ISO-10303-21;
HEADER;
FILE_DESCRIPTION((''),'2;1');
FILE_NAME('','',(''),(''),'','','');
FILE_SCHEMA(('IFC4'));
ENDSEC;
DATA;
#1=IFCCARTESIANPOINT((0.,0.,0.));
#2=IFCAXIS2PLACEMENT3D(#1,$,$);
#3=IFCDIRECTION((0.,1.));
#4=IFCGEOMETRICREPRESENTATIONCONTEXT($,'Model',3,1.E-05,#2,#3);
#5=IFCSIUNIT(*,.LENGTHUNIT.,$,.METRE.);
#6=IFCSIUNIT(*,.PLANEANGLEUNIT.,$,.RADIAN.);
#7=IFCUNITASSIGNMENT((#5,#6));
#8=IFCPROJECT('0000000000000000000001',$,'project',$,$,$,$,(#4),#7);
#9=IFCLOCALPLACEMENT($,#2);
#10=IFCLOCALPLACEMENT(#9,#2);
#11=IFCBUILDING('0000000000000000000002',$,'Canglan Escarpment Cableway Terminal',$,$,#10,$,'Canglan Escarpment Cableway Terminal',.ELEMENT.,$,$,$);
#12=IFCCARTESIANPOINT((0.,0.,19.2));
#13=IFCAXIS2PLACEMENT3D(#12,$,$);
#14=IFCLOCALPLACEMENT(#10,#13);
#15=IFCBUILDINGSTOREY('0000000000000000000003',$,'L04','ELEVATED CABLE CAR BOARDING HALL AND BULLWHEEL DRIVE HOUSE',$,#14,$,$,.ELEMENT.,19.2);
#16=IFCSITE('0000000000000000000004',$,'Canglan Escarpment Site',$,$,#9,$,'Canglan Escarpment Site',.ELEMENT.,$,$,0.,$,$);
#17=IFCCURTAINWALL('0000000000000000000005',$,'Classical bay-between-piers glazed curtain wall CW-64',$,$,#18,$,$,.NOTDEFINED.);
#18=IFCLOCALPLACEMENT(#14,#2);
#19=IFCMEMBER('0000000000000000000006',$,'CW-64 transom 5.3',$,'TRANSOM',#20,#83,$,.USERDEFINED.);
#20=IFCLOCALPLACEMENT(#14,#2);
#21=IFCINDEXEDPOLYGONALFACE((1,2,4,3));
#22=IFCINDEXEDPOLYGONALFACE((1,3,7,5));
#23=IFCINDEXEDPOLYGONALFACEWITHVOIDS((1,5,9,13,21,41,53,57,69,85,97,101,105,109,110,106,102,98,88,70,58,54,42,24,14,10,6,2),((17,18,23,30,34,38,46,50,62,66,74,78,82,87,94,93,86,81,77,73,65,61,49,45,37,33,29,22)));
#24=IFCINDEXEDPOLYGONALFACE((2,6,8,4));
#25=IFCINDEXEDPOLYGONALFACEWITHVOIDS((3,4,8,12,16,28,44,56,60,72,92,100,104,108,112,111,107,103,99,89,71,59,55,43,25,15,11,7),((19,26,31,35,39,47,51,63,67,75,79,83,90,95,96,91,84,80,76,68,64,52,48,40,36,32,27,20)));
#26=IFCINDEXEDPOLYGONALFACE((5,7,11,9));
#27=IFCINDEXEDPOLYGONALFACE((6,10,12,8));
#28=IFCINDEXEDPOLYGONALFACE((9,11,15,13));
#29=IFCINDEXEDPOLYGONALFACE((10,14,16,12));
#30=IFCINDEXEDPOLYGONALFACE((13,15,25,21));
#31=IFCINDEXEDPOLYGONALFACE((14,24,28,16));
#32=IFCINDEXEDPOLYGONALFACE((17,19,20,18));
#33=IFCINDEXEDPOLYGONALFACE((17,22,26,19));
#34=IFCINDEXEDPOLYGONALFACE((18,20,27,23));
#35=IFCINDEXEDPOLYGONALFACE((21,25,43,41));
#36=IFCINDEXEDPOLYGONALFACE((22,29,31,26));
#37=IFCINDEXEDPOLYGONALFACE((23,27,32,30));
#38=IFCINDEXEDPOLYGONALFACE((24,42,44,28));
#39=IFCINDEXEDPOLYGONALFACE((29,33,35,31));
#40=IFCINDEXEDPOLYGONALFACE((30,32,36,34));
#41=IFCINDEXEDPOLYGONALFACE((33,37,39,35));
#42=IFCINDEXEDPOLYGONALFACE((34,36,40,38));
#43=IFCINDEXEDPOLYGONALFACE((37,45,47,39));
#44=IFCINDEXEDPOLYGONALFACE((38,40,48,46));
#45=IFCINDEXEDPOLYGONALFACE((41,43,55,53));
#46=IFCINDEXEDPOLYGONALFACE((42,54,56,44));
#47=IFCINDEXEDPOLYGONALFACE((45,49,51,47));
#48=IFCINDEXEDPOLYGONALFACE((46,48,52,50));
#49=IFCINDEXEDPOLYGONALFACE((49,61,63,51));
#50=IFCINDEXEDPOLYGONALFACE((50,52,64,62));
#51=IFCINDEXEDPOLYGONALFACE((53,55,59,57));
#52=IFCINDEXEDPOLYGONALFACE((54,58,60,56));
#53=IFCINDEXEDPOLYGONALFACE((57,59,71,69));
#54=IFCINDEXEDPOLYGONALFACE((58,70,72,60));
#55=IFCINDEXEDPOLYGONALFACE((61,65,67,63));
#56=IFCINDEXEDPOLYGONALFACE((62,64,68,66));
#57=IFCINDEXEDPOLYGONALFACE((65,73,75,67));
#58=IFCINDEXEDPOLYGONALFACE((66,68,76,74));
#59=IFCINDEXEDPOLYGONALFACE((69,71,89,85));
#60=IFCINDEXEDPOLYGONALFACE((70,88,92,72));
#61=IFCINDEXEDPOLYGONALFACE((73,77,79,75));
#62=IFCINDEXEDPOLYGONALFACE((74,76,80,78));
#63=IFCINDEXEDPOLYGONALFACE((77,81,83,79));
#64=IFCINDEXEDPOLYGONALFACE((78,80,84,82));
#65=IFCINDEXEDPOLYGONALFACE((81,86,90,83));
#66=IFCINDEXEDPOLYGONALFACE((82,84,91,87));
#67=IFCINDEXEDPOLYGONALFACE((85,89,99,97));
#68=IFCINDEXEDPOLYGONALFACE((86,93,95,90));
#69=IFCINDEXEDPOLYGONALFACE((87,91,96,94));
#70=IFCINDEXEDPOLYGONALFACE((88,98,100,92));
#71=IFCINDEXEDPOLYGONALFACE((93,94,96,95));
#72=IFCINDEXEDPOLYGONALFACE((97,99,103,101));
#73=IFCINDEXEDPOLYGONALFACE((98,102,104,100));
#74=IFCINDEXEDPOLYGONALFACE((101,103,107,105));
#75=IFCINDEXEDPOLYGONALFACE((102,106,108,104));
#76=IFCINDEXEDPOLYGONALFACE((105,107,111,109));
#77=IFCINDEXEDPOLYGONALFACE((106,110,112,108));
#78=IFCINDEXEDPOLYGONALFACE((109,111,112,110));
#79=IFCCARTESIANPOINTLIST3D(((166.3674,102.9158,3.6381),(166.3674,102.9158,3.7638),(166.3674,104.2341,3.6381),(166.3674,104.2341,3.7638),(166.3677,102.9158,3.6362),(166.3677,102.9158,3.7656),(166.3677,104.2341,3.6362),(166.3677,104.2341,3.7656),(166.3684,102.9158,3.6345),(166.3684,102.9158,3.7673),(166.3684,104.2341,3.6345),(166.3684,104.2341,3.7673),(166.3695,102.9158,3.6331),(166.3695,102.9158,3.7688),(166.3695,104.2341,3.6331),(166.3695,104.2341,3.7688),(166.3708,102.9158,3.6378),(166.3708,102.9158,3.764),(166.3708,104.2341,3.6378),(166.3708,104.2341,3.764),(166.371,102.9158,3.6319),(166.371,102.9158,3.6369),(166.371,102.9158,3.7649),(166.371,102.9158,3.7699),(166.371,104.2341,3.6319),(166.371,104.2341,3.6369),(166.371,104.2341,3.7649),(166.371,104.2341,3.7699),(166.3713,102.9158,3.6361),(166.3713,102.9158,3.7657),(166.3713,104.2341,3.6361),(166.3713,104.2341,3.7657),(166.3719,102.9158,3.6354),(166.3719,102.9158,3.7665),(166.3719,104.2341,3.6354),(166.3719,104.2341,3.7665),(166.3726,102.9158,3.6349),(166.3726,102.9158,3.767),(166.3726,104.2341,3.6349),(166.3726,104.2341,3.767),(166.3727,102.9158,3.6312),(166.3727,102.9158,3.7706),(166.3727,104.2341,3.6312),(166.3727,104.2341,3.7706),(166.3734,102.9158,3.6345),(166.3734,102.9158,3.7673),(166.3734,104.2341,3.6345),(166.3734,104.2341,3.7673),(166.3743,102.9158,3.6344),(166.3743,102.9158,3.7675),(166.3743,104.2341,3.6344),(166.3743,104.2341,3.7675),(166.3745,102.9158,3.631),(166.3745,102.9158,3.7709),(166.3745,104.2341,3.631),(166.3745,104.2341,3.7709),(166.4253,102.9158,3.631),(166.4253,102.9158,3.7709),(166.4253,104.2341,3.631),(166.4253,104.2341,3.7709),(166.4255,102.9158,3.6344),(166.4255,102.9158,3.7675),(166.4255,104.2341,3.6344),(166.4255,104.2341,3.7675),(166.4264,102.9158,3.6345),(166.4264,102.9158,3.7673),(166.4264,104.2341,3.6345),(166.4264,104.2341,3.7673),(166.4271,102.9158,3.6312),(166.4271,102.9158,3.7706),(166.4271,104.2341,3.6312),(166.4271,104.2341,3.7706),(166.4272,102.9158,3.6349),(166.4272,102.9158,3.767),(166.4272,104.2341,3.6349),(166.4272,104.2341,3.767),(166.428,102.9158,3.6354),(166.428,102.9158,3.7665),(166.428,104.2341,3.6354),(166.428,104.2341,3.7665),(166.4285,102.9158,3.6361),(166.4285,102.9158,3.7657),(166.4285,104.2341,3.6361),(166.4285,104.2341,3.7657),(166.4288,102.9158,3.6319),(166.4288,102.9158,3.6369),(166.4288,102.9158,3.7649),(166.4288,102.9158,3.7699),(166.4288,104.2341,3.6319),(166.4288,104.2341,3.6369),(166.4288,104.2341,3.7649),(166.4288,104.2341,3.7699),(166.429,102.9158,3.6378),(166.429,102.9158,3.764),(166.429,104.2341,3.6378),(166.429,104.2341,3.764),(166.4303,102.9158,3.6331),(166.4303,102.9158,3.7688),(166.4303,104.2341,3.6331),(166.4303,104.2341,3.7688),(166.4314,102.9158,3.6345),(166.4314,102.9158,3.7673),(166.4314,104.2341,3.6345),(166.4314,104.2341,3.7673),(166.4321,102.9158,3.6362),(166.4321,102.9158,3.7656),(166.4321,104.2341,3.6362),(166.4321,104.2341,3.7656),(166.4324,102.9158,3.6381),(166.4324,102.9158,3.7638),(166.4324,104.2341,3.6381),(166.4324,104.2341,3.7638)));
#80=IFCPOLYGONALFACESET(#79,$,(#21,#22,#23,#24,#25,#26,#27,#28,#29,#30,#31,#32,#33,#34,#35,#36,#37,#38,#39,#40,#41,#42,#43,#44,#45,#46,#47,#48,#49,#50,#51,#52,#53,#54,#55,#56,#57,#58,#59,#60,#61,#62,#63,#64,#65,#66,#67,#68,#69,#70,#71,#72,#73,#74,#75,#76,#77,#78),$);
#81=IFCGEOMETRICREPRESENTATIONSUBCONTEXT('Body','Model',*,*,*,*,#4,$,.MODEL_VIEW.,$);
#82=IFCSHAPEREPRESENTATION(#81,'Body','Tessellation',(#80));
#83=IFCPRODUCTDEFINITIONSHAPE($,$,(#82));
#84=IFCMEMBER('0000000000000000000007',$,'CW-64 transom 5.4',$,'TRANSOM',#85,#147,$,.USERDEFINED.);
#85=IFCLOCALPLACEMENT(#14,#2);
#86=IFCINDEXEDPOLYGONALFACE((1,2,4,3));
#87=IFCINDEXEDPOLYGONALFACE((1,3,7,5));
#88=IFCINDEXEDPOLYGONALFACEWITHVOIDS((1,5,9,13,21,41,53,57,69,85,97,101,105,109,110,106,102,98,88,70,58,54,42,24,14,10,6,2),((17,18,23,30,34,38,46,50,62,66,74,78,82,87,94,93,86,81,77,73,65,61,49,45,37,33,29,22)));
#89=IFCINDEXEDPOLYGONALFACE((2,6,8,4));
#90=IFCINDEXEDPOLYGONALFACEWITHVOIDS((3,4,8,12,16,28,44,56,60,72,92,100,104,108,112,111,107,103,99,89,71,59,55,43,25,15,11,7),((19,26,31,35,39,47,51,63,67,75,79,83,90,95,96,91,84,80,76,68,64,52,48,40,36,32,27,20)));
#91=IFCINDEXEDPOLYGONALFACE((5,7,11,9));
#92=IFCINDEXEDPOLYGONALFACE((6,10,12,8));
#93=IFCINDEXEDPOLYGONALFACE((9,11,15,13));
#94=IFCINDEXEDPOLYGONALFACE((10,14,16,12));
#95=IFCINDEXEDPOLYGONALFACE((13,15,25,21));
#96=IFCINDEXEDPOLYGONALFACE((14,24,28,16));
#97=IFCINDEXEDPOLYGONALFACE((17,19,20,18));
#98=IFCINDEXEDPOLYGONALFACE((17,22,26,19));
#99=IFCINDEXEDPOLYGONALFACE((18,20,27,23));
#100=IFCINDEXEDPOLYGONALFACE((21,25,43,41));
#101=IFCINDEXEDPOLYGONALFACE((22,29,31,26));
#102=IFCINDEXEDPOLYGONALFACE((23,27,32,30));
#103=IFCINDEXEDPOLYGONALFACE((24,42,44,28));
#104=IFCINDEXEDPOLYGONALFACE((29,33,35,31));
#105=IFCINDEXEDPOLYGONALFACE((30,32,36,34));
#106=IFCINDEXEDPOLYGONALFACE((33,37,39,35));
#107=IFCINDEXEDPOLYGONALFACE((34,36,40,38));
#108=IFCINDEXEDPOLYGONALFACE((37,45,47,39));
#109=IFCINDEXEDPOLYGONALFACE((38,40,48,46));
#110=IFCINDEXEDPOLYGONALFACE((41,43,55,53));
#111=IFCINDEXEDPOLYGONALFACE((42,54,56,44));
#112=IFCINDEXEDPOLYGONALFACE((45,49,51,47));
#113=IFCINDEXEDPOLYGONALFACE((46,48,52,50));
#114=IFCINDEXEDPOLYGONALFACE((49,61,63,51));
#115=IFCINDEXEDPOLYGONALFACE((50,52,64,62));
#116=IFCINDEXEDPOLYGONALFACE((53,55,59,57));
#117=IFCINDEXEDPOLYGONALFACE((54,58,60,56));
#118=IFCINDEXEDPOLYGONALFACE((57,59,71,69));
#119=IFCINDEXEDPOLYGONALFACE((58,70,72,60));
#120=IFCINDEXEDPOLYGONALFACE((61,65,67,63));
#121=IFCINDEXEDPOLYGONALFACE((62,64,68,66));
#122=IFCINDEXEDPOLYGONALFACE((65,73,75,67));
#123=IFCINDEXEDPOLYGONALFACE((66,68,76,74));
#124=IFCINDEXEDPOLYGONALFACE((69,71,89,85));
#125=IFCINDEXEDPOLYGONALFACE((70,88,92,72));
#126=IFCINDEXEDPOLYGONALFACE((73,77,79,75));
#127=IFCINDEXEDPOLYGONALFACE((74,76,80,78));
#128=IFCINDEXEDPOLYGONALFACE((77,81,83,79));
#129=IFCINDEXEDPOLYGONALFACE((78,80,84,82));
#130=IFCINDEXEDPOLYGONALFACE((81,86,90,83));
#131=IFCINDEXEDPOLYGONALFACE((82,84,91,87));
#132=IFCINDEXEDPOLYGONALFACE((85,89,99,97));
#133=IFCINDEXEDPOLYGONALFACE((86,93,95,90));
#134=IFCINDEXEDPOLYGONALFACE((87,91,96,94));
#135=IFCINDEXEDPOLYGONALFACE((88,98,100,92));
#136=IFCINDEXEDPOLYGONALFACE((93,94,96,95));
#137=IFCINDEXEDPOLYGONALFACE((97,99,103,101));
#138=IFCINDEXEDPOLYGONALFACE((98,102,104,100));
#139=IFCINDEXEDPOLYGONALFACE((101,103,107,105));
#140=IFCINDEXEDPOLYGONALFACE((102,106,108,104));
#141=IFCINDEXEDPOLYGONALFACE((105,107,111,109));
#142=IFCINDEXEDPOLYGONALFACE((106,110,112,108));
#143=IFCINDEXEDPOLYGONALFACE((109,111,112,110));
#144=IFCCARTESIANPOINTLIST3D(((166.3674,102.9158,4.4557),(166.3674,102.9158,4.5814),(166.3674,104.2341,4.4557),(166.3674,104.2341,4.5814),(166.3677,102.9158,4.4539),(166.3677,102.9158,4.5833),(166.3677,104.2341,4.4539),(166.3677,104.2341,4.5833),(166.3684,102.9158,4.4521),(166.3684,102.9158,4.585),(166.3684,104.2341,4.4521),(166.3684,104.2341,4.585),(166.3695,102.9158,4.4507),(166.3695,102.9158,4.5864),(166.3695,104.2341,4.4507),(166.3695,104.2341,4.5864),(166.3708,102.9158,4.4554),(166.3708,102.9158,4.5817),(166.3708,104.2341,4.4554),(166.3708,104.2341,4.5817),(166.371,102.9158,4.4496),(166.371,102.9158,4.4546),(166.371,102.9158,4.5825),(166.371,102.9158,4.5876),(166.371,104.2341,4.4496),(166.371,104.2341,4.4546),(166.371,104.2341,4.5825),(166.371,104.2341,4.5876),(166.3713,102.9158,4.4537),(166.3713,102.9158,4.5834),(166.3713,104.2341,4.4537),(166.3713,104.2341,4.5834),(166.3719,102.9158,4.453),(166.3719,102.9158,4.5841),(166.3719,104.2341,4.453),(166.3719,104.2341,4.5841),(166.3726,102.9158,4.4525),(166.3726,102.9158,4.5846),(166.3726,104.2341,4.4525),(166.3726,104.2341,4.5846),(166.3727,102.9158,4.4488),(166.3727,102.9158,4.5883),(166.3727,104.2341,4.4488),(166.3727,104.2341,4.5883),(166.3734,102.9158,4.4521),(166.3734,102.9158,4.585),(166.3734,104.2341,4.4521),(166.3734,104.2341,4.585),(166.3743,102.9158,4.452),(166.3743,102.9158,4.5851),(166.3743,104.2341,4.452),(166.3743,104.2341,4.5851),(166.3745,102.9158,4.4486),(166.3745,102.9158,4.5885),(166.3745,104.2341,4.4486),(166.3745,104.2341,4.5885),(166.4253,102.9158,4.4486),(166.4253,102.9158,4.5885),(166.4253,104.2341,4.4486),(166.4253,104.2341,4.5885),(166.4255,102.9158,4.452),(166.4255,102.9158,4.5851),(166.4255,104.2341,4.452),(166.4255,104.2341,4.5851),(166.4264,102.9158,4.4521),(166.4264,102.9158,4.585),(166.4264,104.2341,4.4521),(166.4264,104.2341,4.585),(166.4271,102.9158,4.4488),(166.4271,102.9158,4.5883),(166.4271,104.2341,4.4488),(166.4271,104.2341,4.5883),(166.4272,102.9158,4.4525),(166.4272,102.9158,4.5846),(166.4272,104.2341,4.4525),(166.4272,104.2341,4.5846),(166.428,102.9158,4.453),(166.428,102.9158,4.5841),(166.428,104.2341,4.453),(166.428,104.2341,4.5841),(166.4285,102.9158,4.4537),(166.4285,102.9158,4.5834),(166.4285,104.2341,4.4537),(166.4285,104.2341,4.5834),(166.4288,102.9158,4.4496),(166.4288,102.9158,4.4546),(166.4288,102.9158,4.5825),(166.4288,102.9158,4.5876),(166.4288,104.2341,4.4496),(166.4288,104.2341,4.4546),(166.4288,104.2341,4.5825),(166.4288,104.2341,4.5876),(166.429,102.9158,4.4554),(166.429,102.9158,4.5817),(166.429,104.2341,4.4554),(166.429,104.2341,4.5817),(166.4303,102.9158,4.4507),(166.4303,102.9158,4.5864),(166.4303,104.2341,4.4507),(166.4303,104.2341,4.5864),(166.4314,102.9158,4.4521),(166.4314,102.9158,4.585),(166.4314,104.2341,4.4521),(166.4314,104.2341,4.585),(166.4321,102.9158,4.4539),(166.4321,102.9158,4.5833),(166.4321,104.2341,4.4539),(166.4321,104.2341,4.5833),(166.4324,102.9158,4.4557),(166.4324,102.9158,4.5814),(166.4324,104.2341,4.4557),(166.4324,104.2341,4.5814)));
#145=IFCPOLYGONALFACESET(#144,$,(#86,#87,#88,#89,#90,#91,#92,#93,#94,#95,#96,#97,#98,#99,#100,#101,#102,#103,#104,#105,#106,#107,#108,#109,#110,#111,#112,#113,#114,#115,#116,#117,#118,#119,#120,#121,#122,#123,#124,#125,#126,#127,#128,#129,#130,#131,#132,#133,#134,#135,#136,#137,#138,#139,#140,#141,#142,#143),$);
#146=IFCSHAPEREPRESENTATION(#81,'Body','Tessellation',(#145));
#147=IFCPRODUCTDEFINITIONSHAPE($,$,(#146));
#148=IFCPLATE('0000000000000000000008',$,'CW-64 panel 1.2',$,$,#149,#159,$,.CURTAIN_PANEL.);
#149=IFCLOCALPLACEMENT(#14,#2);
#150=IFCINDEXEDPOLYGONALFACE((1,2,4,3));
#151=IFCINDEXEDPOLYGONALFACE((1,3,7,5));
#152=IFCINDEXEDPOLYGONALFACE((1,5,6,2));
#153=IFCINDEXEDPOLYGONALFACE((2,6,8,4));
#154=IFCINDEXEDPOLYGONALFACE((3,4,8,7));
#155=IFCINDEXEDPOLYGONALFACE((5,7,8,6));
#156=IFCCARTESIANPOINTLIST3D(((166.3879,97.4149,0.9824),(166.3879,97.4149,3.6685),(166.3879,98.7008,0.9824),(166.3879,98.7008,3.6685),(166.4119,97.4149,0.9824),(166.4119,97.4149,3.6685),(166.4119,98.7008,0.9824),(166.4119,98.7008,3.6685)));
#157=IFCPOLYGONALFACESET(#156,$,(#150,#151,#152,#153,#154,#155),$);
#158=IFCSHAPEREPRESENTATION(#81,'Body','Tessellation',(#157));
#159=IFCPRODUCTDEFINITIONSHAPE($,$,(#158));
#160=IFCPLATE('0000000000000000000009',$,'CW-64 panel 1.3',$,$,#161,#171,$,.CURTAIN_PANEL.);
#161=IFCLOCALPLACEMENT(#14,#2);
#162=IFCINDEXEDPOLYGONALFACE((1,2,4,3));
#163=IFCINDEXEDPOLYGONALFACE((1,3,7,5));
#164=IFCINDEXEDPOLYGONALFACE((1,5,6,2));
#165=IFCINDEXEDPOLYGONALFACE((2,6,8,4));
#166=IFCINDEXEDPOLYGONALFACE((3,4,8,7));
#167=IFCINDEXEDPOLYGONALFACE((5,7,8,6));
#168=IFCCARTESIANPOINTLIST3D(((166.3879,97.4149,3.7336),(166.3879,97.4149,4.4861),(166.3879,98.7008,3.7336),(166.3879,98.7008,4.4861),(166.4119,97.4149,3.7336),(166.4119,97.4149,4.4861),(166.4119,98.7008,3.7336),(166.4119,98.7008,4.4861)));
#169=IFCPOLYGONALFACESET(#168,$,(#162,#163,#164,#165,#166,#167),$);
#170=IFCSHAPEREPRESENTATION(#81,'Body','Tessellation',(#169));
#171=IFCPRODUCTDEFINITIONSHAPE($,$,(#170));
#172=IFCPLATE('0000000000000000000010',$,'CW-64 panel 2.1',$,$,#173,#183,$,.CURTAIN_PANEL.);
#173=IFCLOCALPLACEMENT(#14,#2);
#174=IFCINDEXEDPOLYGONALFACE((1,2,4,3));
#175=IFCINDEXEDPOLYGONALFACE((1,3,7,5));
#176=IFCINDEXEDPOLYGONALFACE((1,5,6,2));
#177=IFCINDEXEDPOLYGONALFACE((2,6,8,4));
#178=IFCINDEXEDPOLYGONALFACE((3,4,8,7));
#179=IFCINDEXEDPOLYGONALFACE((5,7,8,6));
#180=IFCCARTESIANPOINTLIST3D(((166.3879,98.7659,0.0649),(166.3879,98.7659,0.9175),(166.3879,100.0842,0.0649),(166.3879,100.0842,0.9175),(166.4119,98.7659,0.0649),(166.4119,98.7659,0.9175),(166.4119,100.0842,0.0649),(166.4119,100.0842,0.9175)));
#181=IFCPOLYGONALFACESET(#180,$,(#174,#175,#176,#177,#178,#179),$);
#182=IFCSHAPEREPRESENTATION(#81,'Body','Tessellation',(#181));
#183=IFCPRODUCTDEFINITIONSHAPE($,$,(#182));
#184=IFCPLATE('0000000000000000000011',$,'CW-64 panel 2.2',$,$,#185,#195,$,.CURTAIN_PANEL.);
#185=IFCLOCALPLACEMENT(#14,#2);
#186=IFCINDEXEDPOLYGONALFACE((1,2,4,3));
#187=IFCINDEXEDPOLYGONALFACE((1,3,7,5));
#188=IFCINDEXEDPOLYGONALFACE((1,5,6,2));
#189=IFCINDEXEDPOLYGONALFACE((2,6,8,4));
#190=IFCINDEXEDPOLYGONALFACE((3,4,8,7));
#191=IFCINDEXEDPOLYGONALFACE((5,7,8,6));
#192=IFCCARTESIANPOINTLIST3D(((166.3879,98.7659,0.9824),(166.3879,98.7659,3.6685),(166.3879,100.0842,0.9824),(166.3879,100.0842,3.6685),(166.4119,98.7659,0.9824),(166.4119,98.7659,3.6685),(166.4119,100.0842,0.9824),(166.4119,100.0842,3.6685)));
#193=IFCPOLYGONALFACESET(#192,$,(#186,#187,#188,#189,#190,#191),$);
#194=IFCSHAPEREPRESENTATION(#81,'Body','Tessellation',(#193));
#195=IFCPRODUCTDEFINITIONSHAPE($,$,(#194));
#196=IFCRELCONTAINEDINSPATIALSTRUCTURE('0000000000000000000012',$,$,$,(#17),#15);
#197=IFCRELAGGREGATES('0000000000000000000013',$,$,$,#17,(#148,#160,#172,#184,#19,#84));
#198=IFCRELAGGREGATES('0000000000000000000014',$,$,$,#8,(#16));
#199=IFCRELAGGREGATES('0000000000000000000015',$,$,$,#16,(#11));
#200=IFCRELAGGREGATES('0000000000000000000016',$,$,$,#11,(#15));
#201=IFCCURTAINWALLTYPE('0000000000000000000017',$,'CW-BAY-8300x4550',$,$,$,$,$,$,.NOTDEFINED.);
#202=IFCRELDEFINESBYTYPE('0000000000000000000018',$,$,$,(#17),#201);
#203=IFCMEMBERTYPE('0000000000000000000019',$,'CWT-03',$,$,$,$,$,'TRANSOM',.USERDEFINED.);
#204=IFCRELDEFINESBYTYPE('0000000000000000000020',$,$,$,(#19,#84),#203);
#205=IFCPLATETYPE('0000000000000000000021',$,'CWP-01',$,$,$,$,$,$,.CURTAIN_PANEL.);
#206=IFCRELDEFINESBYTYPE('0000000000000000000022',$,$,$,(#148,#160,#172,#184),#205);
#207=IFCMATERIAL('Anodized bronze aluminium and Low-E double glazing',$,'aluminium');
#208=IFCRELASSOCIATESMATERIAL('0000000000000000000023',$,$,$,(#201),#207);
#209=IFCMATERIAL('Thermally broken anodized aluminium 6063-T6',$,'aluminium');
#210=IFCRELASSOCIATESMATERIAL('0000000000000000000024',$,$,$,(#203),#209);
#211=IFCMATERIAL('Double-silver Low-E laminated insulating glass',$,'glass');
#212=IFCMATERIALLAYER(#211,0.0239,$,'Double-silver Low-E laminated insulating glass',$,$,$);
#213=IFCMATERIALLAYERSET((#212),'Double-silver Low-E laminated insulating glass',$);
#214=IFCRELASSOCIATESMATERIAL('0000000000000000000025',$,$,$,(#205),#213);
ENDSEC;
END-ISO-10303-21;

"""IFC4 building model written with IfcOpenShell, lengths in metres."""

from ifc_helpers import new_model, si_unit, direction, frame, origin, origin_2d, place, context, subcontext, project, spatial, rectangle, hollow_rectangle, extrude, material, layer, layer_set, material_profile, profile_set, type_object, element, aggregate, save


model = new_model("IFC4")

# Units and contexts
model_context = context("Model", 3, precision=1e-05, world=origin(), true_north=direction((0.0, 1.0)))
body_context = subcontext(model_context, "Body", "Model", "MODEL_VIEW")
ifc_project = project(units=[si_unit("LENGTHUNIT", "METRE"), si_unit("PLANEANGLEUNIT", "RADIAN")], contexts=[model_context])

# Site, building, storey
site_placement = place(None, origin())
site = spatial("IfcSite", under=ifc_project, at=site_placement, Name="Canglan Escarpment Site", LongName="Canglan Escarpment Site", CompositionType="ELEMENT", RefElevation=0.0)
building_placement = place(site_placement, origin())
building = spatial("IfcBuilding", under=site, at=building_placement, Name="Canglan Escarpment Cableway Terminal", LongName="Canglan Escarpment Cableway Terminal", CompositionType="ELEMENT")
storey_placement = place(building_placement, frame((0.0, 0.0, 19.2)))
storey = spatial("IfcBuildingStorey", under=building, at=storey_placement, Name="L04", Description="ELEVATED CABLE CAR BOARDING HALL AND BULLWHEEL DRIVE HOUSE", CompositionType="ELEMENT", Elevation=19.2)

# Curtain wall, members, plates
ifc_material_1 = material(Name="Anodized bronze aluminium and Low-E double glazing", Category="aluminium")
curtain_wall_type = type_object("IfcCurtainWallType", Name="CW-BAY-8300x4550", PredefinedType="NOTDEFINED", material=ifc_material_1)
curtain_wall_placement = place(storey_placement, origin())
curtain_wall = element("IfcCurtainWall", 1, at=curtain_wall_placement, inside=storey, type_object=curtain_wall_type, Name="Classical bay-between-piers glazed curtain wall CW-64", PredefinedType="NOTDEFINED")
ifc_material_2 = material(Name="Thermally broken anodized aluminium 6063-T6", Category="aluminium")
ifc_material_profile_1 = material_profile(ifc_material_2, hollow_rectangle(XDim=0.0649, YDim=0.1399, WallThickness=0.0034, InnerFilletRadius=0.0034, OuterFilletRadius=0.0071, at=origin_2d()), Name="ALU-TRAN 65x140x3.5")
ifc_profile_set_1 = profile_set([ifc_material_profile_1], Name="Thermally broken anodized aluminium 6063-T6")
member_type_1 = type_object("IfcMemberType", Name="CWT-03", ElementType="TRANSOM", PredefinedType="USERDEFINED", material=ifc_profile_set_1)
member_1_placement = place(storey_placement, frame((166.3999, 102.9158, 3.7009), z_axis=(0.0, 1.0, 0.0), x_axis=(-1.0, 0.0, 0.0)))
member_1 = element("IfcMember", 2, at=member_1_placement, type_object=member_type_1, Name="CW-64 transom 5.3", ObjectType="TRANSOM", PredefinedType="USERDEFINED", context=body_context, shape_type="SweptSolid", body=[
    extrude(hollow_rectangle(XDim=0.0649, YDim=0.1399, WallThickness=0.0034, InnerFilletRadius=0.0034, OuterFilletRadius=0.0071, at=origin_2d()), origin(), (0.0, 0.0, 1.0), 1.3184),
])
member_2_placement = place(storey_placement, frame((166.3999, 102.9158, 4.5186), z_axis=(0.0, 1.0, 0.0), x_axis=(-1.0, 0.0, 0.0)))
member_2 = element("IfcMember", 3, at=member_2_placement, type_object=member_type_1, Name="CW-64 transom 5.4", ObjectType="TRANSOM", PredefinedType="USERDEFINED", context=body_context, shape_type="SweptSolid", body=[
    extrude(hollow_rectangle(XDim=0.0649, YDim=0.1399, WallThickness=0.0034, InnerFilletRadius=0.0034, OuterFilletRadius=0.0071, at=origin_2d()), origin(), (0.0, 0.0, 1.0), 1.3184),
])
ifc_material_3 = material(Name="Double-silver Low-E laminated insulating glass", Category="glass")
ifc_layer = layer(ifc_material_3, 0.0239, Name="Double-silver Low-E laminated insulating glass")
ifc_layer_set = layer_set([ifc_layer], Name="Double-silver Low-E laminated insulating glass")
plate_type = type_object("IfcPlateType", Name="CWP-01", PredefinedType="CURTAIN_PANEL", material=ifc_layer_set)
plate_1_placement = place(storey_placement, frame((166.3999, 98.0579, 0.9824), z_axis=(0.0, 0.0, 1.0), x_axis=(0.0, 1.0, 0.0)))
plate_1 = element("IfcPlate", 4, at=plate_1_placement, type_object=plate_type, Name="CW-64 panel 1.2", PredefinedType="CURTAIN_PANEL", context=body_context, shape_type="SweptSolid", body=[
    extrude(rectangle(XDim=1.2859, YDim=0.0239, at=origin_2d()), origin(), (0.0, 0.0, 1.0), 2.686),
])
plate_2_placement = place(storey_placement, frame((166.3999, 98.0579, 3.7336), z_axis=(0.0, 0.0, 1.0), x_axis=(0.0, 1.0, 0.0)))
plate_2 = element("IfcPlate", 5, at=plate_2_placement, type_object=plate_type, Name="CW-64 panel 1.3", PredefinedType="CURTAIN_PANEL", context=body_context, shape_type="SweptSolid", body=[
    extrude(rectangle(XDim=1.2859, YDim=0.0239, at=origin_2d()), origin(), (0.0, 0.0, 1.0), 0.7524),
])
plate_3_placement = place(storey_placement, frame((166.3999, 99.425, 0.0649), z_axis=(0.0, 0.0, 1.0), x_axis=(0.0, 1.0, 0.0)))
plate_3 = element("IfcPlate", 6, at=plate_3_placement, type_object=plate_type, Name="CW-64 panel 2.1", PredefinedType="CURTAIN_PANEL", context=body_context, shape_type="SweptSolid", body=[
    extrude(rectangle(XDim=1.3184, YDim=0.0239, at=origin_2d()), origin(), (0.0, 0.0, 1.0), 0.8525),
])
plate_4_placement = place(storey_placement, frame((166.3999, 99.425, 0.9824), z_axis=(0.0, 0.0, 1.0), x_axis=(0.0, 1.0, 0.0)))
plate_4 = element("IfcPlate", 7, at=plate_4_placement, type_object=plate_type, Name="CW-64 panel 2.2", PredefinedType="CURTAIN_PANEL", context=body_context, shape_type="SweptSolid", body=[
    extrude(rectangle(XDim=1.3184, YDim=0.0239, at=origin_2d()), origin(), (0.0, 0.0, 1.0), 2.686),
])
aggregate(curtain_wall, [plate_1, plate_2, plate_3, plate_4, member_1, member_2])

save(model, "model.ifc")
